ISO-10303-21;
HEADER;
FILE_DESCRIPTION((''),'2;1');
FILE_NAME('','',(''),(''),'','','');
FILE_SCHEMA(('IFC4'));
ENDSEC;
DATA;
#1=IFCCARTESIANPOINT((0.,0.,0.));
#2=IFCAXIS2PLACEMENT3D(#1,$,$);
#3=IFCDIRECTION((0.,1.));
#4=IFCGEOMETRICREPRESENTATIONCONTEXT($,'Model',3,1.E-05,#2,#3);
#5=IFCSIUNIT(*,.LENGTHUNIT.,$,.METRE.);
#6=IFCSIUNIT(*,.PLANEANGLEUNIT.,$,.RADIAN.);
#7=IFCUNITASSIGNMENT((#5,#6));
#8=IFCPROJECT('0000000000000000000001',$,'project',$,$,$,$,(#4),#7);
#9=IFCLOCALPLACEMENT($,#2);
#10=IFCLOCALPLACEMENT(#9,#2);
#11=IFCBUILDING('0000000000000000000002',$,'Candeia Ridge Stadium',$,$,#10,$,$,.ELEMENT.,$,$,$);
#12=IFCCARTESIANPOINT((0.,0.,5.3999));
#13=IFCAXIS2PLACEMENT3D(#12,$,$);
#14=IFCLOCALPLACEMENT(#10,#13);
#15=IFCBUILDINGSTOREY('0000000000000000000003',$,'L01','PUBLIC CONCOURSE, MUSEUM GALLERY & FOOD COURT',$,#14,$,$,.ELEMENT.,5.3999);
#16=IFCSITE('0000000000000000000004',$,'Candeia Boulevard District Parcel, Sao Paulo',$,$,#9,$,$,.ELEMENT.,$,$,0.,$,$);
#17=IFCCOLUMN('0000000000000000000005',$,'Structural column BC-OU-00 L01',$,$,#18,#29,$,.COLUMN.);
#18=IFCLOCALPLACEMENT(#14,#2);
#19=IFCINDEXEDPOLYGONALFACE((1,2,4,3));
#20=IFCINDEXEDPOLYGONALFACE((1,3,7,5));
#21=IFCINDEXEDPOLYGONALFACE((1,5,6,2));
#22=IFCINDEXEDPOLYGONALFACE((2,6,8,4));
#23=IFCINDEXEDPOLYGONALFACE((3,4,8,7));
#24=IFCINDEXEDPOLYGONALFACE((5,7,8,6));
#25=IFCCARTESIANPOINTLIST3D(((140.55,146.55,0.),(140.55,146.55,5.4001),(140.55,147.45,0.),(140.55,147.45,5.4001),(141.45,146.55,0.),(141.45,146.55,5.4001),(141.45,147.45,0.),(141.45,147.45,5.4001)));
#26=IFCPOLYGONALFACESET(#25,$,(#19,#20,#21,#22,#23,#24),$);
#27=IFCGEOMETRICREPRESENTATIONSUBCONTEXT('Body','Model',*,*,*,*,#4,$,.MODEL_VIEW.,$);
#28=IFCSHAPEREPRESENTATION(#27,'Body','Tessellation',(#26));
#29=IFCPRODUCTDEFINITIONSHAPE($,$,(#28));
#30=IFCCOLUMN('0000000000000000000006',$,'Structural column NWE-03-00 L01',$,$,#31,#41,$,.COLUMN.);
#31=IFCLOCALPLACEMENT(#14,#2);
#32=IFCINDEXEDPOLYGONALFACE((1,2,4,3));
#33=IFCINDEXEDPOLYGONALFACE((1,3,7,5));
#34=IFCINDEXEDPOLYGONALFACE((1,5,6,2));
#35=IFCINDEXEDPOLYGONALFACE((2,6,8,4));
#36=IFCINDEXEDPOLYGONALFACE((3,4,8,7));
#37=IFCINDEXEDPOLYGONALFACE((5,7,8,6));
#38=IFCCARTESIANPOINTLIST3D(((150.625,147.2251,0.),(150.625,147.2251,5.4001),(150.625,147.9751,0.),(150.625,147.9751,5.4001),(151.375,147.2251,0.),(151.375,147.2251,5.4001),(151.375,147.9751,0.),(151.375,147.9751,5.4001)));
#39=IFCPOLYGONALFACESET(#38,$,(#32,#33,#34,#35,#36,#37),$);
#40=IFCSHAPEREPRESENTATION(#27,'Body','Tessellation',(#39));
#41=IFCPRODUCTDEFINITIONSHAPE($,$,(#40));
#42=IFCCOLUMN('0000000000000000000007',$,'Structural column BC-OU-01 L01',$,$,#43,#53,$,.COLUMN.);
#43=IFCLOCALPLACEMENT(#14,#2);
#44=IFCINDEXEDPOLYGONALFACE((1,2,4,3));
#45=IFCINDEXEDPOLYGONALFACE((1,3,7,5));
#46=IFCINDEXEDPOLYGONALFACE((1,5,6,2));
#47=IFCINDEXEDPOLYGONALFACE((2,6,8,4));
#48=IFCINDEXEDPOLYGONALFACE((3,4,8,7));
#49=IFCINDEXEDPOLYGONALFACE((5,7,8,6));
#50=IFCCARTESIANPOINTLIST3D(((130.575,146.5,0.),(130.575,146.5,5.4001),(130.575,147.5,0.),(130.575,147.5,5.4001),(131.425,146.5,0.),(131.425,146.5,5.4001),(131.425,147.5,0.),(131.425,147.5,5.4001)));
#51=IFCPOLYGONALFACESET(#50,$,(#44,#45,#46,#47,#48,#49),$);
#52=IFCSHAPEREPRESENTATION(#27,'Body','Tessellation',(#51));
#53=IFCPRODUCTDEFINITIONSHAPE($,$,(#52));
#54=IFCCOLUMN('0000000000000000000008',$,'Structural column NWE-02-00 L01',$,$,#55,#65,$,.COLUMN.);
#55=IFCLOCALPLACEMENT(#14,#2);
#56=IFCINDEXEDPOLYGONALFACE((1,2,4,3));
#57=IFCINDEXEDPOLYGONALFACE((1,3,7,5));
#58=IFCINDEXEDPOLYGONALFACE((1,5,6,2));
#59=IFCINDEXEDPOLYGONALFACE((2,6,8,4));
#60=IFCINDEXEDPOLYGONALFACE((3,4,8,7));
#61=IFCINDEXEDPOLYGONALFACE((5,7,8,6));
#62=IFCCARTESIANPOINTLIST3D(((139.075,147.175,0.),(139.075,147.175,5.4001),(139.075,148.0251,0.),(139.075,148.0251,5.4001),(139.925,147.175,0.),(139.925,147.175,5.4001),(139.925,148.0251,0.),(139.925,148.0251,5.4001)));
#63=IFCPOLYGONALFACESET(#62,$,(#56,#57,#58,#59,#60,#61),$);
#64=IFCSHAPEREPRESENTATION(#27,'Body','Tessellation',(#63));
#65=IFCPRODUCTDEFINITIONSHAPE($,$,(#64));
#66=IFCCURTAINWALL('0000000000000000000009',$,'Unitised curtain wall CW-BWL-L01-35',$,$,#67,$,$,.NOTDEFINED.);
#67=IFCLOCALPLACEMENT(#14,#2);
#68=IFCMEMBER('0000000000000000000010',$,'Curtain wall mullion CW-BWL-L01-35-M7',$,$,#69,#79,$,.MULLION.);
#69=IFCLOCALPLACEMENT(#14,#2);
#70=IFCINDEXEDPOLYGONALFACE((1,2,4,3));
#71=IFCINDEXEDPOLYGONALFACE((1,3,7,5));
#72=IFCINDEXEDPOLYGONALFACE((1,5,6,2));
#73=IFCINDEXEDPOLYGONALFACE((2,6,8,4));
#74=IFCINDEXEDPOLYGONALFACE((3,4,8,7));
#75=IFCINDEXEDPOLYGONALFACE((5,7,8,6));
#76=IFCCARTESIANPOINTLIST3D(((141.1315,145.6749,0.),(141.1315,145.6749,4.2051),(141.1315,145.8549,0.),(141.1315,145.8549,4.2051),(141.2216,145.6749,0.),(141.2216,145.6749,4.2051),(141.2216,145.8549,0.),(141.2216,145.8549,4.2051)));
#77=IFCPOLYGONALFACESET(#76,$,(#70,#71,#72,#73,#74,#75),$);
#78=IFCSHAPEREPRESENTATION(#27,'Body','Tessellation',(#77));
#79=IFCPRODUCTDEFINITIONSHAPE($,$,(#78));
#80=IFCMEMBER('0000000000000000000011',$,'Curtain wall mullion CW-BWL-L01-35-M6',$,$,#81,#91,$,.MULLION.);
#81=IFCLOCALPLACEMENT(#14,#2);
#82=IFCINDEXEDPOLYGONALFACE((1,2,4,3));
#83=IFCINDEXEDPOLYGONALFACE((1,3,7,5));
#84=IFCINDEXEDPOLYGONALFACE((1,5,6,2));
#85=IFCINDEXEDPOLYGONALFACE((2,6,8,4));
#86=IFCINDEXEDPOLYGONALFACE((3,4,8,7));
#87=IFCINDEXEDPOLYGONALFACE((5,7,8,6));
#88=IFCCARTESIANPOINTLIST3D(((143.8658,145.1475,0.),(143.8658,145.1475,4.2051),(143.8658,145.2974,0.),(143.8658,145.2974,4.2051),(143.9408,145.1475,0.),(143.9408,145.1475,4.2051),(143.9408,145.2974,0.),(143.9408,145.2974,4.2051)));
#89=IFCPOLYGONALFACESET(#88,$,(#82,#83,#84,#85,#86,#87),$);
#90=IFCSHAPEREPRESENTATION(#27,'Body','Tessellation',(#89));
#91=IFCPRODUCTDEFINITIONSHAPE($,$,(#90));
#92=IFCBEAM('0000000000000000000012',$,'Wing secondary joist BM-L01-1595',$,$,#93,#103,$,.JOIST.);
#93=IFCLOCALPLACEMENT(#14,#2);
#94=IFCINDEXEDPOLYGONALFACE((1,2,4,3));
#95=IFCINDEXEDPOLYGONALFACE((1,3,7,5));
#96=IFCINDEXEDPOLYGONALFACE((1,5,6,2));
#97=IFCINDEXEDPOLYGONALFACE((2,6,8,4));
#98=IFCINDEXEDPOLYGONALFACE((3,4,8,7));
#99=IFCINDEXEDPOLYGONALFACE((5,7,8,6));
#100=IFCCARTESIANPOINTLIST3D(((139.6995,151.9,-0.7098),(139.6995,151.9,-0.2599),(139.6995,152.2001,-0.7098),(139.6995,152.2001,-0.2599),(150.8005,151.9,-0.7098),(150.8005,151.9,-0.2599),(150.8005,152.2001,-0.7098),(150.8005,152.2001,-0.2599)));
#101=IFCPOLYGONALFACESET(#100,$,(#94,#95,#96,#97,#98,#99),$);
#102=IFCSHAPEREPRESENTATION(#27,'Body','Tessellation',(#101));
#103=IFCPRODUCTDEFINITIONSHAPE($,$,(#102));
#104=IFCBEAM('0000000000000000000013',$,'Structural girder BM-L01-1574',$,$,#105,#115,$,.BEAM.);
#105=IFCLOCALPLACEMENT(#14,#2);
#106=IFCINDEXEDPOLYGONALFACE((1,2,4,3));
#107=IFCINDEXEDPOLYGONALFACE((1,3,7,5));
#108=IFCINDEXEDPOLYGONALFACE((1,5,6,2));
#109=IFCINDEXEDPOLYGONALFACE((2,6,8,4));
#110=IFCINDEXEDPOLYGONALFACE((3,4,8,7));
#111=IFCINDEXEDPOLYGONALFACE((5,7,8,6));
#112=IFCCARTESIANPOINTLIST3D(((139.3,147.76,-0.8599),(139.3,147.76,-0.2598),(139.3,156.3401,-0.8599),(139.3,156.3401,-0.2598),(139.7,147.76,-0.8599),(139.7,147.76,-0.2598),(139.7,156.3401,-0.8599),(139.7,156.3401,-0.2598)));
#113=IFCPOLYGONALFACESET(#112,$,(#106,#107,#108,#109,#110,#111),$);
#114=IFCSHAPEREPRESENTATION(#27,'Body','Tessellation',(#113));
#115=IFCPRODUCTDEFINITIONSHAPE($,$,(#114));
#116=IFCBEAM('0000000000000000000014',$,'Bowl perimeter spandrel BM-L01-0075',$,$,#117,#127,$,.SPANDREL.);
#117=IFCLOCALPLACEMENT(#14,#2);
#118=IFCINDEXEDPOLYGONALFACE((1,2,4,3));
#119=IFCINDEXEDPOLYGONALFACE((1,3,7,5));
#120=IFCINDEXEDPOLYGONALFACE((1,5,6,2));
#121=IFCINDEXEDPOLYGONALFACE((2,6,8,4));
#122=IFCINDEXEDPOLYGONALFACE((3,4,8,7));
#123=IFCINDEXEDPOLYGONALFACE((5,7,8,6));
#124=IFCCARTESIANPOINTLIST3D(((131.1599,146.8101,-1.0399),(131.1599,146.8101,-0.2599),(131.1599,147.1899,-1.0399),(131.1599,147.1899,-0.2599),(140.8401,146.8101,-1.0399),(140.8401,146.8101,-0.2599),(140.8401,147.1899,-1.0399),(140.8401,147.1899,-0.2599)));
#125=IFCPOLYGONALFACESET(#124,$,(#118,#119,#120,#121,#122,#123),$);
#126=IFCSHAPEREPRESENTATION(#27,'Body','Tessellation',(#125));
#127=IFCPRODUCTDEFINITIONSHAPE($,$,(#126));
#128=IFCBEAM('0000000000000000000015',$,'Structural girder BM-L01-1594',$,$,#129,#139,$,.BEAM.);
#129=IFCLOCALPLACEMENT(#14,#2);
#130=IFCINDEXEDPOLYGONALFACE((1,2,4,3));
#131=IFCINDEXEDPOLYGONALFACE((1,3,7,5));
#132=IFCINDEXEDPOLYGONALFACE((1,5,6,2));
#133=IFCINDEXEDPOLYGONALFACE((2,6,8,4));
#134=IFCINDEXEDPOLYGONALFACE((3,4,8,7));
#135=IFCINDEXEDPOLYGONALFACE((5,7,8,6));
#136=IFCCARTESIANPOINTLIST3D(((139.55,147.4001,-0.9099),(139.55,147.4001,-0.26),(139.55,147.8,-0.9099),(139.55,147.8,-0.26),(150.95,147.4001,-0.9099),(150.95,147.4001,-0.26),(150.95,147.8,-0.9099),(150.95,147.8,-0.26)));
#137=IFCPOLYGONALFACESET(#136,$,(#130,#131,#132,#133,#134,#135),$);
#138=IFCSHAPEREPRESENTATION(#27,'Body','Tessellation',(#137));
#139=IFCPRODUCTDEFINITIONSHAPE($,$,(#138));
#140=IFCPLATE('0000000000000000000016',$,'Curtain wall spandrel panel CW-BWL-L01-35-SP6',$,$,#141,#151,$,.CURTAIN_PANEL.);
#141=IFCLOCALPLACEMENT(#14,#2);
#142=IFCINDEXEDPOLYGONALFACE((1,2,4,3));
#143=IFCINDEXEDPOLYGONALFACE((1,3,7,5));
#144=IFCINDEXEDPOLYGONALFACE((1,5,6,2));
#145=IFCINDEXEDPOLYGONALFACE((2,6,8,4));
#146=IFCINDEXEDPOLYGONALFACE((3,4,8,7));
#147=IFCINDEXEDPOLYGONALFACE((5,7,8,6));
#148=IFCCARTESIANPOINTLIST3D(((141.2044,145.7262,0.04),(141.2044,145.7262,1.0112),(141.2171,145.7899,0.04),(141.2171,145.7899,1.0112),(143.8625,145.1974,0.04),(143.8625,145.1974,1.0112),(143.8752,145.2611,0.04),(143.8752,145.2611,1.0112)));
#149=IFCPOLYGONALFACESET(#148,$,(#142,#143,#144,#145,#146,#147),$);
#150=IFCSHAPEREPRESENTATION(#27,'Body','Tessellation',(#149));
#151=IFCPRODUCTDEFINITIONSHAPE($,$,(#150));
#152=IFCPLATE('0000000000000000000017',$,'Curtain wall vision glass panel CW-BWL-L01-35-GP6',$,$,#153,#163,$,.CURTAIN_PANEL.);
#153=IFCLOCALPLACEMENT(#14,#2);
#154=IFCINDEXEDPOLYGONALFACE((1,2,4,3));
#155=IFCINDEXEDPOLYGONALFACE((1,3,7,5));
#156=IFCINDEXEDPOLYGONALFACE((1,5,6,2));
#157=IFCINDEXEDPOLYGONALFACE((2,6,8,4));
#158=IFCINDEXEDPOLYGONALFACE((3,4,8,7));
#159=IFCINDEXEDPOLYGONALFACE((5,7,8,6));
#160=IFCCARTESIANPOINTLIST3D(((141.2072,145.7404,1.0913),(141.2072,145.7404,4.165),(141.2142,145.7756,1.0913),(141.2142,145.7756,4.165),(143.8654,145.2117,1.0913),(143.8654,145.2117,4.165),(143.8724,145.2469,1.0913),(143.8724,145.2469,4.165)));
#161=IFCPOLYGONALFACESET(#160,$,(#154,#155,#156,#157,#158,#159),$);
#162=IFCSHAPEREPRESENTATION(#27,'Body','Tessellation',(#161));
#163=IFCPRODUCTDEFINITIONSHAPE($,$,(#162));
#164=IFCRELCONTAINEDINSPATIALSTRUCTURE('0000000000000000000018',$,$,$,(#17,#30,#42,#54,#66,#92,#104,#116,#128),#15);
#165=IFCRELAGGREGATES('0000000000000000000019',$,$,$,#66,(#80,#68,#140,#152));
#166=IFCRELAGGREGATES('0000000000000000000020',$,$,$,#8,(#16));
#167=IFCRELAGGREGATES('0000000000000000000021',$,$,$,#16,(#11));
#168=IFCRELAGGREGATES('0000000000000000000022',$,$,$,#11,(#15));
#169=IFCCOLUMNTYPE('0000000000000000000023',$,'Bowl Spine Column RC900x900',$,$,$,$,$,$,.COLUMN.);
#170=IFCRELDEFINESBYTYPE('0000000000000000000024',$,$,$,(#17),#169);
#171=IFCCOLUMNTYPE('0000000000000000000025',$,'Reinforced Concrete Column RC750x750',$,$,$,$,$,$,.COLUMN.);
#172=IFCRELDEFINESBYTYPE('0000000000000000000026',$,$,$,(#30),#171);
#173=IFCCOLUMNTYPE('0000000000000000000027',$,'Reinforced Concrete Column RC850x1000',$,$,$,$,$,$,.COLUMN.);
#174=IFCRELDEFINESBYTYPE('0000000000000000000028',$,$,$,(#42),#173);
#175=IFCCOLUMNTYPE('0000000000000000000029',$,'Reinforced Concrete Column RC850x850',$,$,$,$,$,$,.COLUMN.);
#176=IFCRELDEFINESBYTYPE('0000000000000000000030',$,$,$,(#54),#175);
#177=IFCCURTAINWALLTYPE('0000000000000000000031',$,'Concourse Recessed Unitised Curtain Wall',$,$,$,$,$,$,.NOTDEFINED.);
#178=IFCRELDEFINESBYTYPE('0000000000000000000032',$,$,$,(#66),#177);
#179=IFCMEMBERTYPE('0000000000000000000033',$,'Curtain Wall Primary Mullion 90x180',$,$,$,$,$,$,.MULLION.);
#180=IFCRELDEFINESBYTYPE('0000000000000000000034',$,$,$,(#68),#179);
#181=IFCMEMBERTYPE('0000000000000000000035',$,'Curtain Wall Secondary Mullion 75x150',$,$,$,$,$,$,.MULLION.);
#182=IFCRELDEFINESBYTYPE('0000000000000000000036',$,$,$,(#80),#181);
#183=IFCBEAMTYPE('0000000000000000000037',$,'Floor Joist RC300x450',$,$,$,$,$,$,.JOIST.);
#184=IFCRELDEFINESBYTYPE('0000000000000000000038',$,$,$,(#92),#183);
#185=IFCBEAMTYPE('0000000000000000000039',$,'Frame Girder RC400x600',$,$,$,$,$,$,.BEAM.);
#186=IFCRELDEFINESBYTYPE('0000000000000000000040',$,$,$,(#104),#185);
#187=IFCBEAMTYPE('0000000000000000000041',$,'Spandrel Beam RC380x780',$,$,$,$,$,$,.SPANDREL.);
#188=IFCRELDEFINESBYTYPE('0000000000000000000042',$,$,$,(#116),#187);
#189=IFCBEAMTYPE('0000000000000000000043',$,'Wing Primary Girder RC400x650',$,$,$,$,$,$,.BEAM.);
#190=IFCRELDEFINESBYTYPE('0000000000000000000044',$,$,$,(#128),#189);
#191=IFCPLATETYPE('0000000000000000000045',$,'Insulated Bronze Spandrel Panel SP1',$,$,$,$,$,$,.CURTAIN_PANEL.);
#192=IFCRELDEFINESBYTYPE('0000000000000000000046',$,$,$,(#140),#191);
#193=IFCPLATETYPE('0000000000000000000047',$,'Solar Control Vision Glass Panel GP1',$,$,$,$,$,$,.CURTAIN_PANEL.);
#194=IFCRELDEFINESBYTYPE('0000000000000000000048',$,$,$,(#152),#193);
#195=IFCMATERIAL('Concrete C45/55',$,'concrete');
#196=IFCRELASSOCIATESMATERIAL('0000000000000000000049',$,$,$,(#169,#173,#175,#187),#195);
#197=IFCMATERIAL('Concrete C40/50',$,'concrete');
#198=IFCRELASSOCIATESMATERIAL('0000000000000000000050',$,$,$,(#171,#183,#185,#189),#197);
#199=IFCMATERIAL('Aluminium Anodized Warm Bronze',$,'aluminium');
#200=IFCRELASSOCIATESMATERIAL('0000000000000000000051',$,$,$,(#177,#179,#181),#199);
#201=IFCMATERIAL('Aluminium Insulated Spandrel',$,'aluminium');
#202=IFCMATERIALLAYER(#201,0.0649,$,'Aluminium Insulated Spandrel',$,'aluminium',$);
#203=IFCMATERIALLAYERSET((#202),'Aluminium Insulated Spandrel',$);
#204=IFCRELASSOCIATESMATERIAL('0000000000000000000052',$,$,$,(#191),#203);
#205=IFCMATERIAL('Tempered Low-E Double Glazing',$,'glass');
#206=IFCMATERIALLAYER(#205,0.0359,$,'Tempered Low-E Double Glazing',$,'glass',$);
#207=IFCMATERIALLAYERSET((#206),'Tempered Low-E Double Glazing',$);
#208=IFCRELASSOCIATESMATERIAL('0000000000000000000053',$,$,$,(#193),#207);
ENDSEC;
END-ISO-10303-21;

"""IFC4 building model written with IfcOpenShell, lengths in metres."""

from ifc_helpers import new_model, si_unit, direction, frame, origin, origin_2d, place, context, subcontext, project, spatial, rectangle, extrude, material, layer, layer_set, material_profile, profile_set, type_object, element, aggregate, save


model = new_model("IFC4")

# Units and contexts
model_context = context("Model", 3, precision=1e-05, world=origin(), true_north=direction((0.0, 1.0)))
body_context = subcontext(model_context, "Body", "Model", "MODEL_VIEW")
ifc_project = project(units=[si_unit("LENGTHUNIT", "METRE"), si_unit("PLANEANGLEUNIT", "RADIAN")], contexts=[model_context])

# Site, building, storey
site_placement = place(None, origin())
site = spatial("IfcSite", under=ifc_project, at=site_placement, Name="Candeia Boulevard District Parcel, Sao Paulo", CompositionType="ELEMENT", RefElevation=0.0)
building_placement = place(site_placement, origin())
building = spatial("IfcBuilding", under=site, at=building_placement, Name="Candeia Ridge Stadium", CompositionType="ELEMENT")
storey_placement = place(building_placement, frame((0.0, 0.0, 5.3999)))
storey = spatial("IfcBuildingStorey", under=building, at=storey_placement, Name="L01", Description="PUBLIC CONCOURSE, MUSEUM GALLERY & FOOD COURT", CompositionType="ELEMENT", Elevation=5.3999)

# Columns
ifc_material_1 = material(Name="Concrete C45/55", Category="concrete")
ifc_material_profile_1 = material_profile(ifc_material_1, rectangle(XDim=0.8999, YDim=0.8999, at=origin_2d()), Name="RC900x900", Category="concrete")
ifc_profile_set_1 = profile_set([ifc_material_profile_1], Name="Concrete C45/55")
column_type_1 = type_object("IfcColumnType", Name="Bowl Spine Column RC900x900", PredefinedType="COLUMN", material=ifc_profile_set_1)
column_1_placement = place(storey_placement, frame((141.0, 147.0, 0.0), z_axis=(0.0, 0.0, 1.0), x_axis=(1.0, 0.0, 0.0)))
element("IfcColumn", 1, at=column_1_placement, inside=storey, type_object=column_type_1, Name="Structural column BC-OU-00 L01", PredefinedType="COLUMN", context=body_context, shape_type="SweptSolid", body=[
    extrude(rectangle(XDim=0.8999, YDim=0.8999, at=origin_2d()), origin(), (0.0, 0.0, 1.0), 5.4001),
])
ifc_material_2 = material(Name="Concrete C40/50", Category="concrete")
ifc_material_profile_2 = material_profile(ifc_material_2, rectangle(XDim=0.75, YDim=0.75, at=origin_2d()), Name="RC750x750", Category="concrete")
ifc_profile_set_2 = profile_set([ifc_material_profile_2], Name="Concrete C40/50")
column_type_2 = type_object("IfcColumnType", Name="Reinforced Concrete Column RC750x750", PredefinedType="COLUMN", material=ifc_profile_set_2)
column_2_placement = place(storey_placement, frame((151.0, 147.6001, 0.0), z_axis=(0.0, 0.0, 1.0), x_axis=(1.0, 0.0, 0.0)))
element("IfcColumn", 2, at=column_2_placement, inside=storey, type_object=column_type_2, Name="Structural column NWE-03-00 L01", PredefinedType="COLUMN", context=body_context, shape_type="SweptSolid", body=[
    extrude(rectangle(XDim=0.75, YDim=0.75, at=origin_2d()), origin(), (0.0, 0.0, 1.0), 5.4001),
])
ifc_material_profile_3 = material_profile(ifc_material_1, rectangle(XDim=0.8501, YDim=1.0, at=origin_2d()), Name="RC850x1000", Category="concrete")
ifc_profile_set_3 = profile_set([ifc_material_profile_3], Name="Concrete C45/55")
column_type_3 = type_object("IfcColumnType", Name="Reinforced Concrete Column RC850x1000", PredefinedType="COLUMN", material=ifc_profile_set_3)
column_3_placement = place(storey_placement, frame((131.0, 147.0, 0.0), z_axis=(0.0, 0.0, 1.0), x_axis=(1.0, 0.0, 0.0)))
element("IfcColumn", 3, at=column_3_placement, inside=storey, type_object=column_type_3, Name="Structural column BC-OU-01 L01", PredefinedType="COLUMN", context=body_context, shape_type="SweptSolid", body=[
    extrude(rectangle(XDim=0.8501, YDim=1.0, at=origin_2d()), origin(), (0.0, 0.0, 1.0), 5.4001),
])
ifc_material_profile_4 = material_profile(ifc_material_1, rectangle(XDim=0.8501, YDim=0.8501, at=origin_2d()), Name="RC850x850", Category="concrete")
ifc_profile_set_4 = profile_set([ifc_material_profile_4], Name="Concrete C45/55")
column_type_4 = type_object("IfcColumnType", Name="Reinforced Concrete Column RC850x850", PredefinedType="COLUMN", material=ifc_profile_set_4)
column_4_placement = place(storey_placement, frame((139.5, 147.6001, 0.0), z_axis=(0.0, 0.0, 1.0), x_axis=(1.0, 0.0, 0.0)))
element("IfcColumn", 4, at=column_4_placement, inside=storey, type_object=column_type_4, Name="Structural column NWE-02-00 L01", PredefinedType="COLUMN", context=body_context, shape_type="SweptSolid", body=[
    extrude(rectangle(XDim=0.8501, YDim=0.8501, at=origin_2d()), origin(), (0.0, 0.0, 1.0), 5.4001),
])

# Curtain wall, members
ifc_material_3 = material(Name="Aluminium Anodized Warm Bronze", Category="aluminium")
curtain_wall_type = type_object("IfcCurtainWallType", Name="Concourse Recessed Unitised Curtain Wall", PredefinedType="NOTDEFINED", material=ifc_material_3)
curtain_wall_placement = place(storey_placement, origin())
curtain_wall = element("IfcCurtainWall", 5, at=curtain_wall_placement, inside=storey, type_object=curtain_wall_type, Name="Unitised curtain wall CW-BWL-L01-35", PredefinedType="NOTDEFINED")
ifc_material_profile_5 = material_profile(ifc_material_3, rectangle(XDim=0.0901, YDim=0.1799, at=origin_2d()), Name="CWM-90x180", Category="aluminium")
ifc_profile_set_5 = profile_set([ifc_material_profile_5], Name="Aluminium Anodized Warm Bronze")
member_type_1 = type_object("IfcMemberType", Name="Curtain Wall Primary Mullion 90x180", PredefinedType="MULLION", material=ifc_profile_set_5)
member_1_placement = place(storey_placement, frame((141.1765, 145.7649, 0.0), z_axis=(0.0, 0.0, 1.0), x_axis=(1.0, 0.0, 0.0)))
member_1 = element("IfcMember", 6, at=member_1_placement, type_object=member_type_1, Name="Curtain wall mullion CW-BWL-L01-35-M7", PredefinedType="MULLION", context=body_context, shape_type="SweptSolid", body=[
    extrude(rectangle(XDim=0.0901, YDim=0.1799, at=origin_2d()), origin(), (0.0, 0.0, 1.0), 4.2051),
])
ifc_material_profile_6 = material_profile(ifc_material_3, rectangle(XDim=0.075, YDim=0.1499, at=origin_2d()), Name="CWM-75x150", Category="aluminium")
ifc_profile_set_6 = profile_set([ifc_material_profile_6], Name="Aluminium Anodized Warm Bronze")
member_type_2 = type_object("IfcMemberType", Name="Curtain Wall Secondary Mullion 75x150", PredefinedType="MULLION", material=ifc_profile_set_6)
member_2_placement = place(storey_placement, frame((143.9033, 145.2224, 0.0), z_axis=(0.0, 0.0, 1.0), x_axis=(1.0, 0.0, 0.0)))
member_2 = element("IfcMember", 7, at=member_2_placement, type_object=member_type_2, Name="Curtain wall mullion CW-BWL-L01-35-M6", PredefinedType="MULLION", context=body_context, shape_type="SweptSolid", body=[
    extrude(rectangle(XDim=0.075, YDim=0.1499, at=origin_2d()), origin(), (0.0, 0.0, 1.0), 4.2051),
])

# Beams
ifc_material_profile_7 = material_profile(ifc_material_2, rectangle(XDim=0.3, YDim=0.45, at=origin_2d()), Name="RC300x450", Category="concrete")
ifc_profile_set_7 = profile_set([ifc_material_profile_7], Name="Concrete C40/50")
beam_type_1 = type_object("IfcBeamType", Name="Floor Joist RC300x450", PredefinedType="JOIST", material=ifc_profile_set_7)
beam_1_placement = place(storey_placement, frame((139.6995, 152.05, -0.4849), z_axis=(1.0, 0.0, 0.0), x_axis=(0.0, 1.0, 0.0)))
element("IfcBeam", 8, at=beam_1_placement, inside=storey, type_object=beam_type_1, Name="Wing secondary joist BM-L01-1595", PredefinedType="JOIST", context=body_context, shape_type="SweptSolid", body=[
    extrude(rectangle(XDim=0.3, YDim=0.45, at=origin_2d()), origin(), (0.0, 0.0, 1.0), 11.1011),
])
ifc_material_profile_8 = material_profile(ifc_material_2, rectangle(XDim=0.3999, YDim=0.6001, at=origin_2d()), Name="RC400x600", Category="concrete")
ifc_profile_set_8 = profile_set([ifc_material_profile_8], Name="Concrete C40/50")
beam_type_2 = type_object("IfcBeamType", Name="Frame Girder RC400x600", PredefinedType="BEAM", material=ifc_profile_set_8)
beam_2_placement = place(storey_placement, frame((139.5, 147.76, -0.5598), z_axis=(0.0, 1.0, 0.0), x_axis=(-1.0, 0.0, 0.0)))
element("IfcBeam", 9, at=beam_2_placement, inside=storey, type_object=beam_type_2, Name="Structural girder BM-L01-1574", PredefinedType="BEAM", context=body_context, shape_type="SweptSolid", body=[
    extrude(rectangle(XDim=0.3999, YDim=0.6001, at=origin_2d()), origin(), (0.0, 0.0, 1.0), 8.5801),
])
ifc_material_profile_9 = material_profile(ifc_material_1, rectangle(XDim=0.3799, YDim=0.78, at=origin_2d()), Name="RC380x780", Category="concrete")
ifc_profile_set_9 = profile_set([ifc_material_profile_9], Name="Concrete C45/55")
beam_type_3 = type_object("IfcBeamType", Name="Spandrel Beam RC380x780", PredefinedType="SPANDREL", material=ifc_profile_set_9)
beam_3_placement = place(storey_placement, frame((140.8401, 147.0, -0.6499), z_axis=(-1.0, 0.0, 0.0), x_axis=(0.0, -1.0, 0.0)))
element("IfcBeam", 10, at=beam_3_placement, inside=storey, type_object=beam_type_3, Name="Bowl perimeter spandrel BM-L01-0075", PredefinedType="SPANDREL", context=body_context, shape_type="SweptSolid", body=[
    extrude(rectangle(XDim=0.3799, YDim=0.78, at=origin_2d()), origin(), (0.0, 0.0, 1.0), 9.6802),
])
ifc_material_profile_10 = material_profile(ifc_material_2, rectangle(XDim=0.3999, YDim=0.6499, at=origin_2d()), Name="RC400x650", Category="concrete")
ifc_profile_set_10 = profile_set([ifc_material_profile_10], Name="Concrete C40/50")
beam_type_4 = type_object("IfcBeamType", Name="Wing Primary Girder RC400x650", PredefinedType="BEAM", material=ifc_profile_set_10)
beam_4_placement = place(storey_placement, frame((139.55, 147.6001, -0.585), z_axis=(1.0, 0.0, 0.0), x_axis=(0.0, 1.0, 0.0)))
element("IfcBeam", 11, at=beam_4_placement, inside=storey, type_object=beam_type_4, Name="Structural girder BM-L01-1594", PredefinedType="BEAM", context=body_context, shape_type="SweptSolid", body=[
    extrude(rectangle(XDim=0.3999, YDim=0.6499, at=origin_2d()), origin(), (0.0, 0.0, 1.0), 11.3999),
])

# Plates
ifc_material_4 = material(Name="Aluminium Insulated Spandrel", Category="aluminium")
ifc_layer_1 = layer(ifc_material_4, 0.0649, Name="Aluminium Insulated Spandrel", Category="aluminium")
ifc_layer_set_1 = layer_set([ifc_layer_1], Name="Aluminium Insulated Spandrel")
plate_type_1 = type_object("IfcPlateType", Name="Insulated Bronze Spandrel Panel SP1", PredefinedType="CURTAIN_PANEL", material=ifc_layer_set_1)
plate_1_placement = place(storey_placement, frame((142.5398, 145.4937, 0.04), z_axis=(0.0, 0.0, 1.0), x_axis=(-0.980785, 0.19509, 0.0)))
plate_1 = element("IfcPlate", 12, at=plate_1_placement, type_object=plate_type_1, Name="Curtain wall spandrel panel CW-BWL-L01-35-SP6", PredefinedType="CURTAIN_PANEL", context=body_context, shape_type="SweptSolid", body=[
    extrude(rectangle(XDim=2.7102, YDim=0.0649, at=origin_2d()), origin(), (0.0, 0.0, 1.0), 0.9712),
])
ifc_material_5 = material(Name="Tempered Low-E Double Glazing", Category="glass")
ifc_layer_2 = layer(ifc_material_5, 0.0359, Name="Tempered Low-E Double Glazing", Category="glass")
ifc_layer_set_2 = layer_set([ifc_layer_2], Name="Tempered Low-E Double Glazing")
plate_type_2 = type_object("IfcPlateType", Name="Solar Control Vision Glass Panel GP1", PredefinedType="CURTAIN_PANEL", material=ifc_layer_set_2)
plate_2_placement = place(storey_placement, frame((142.5398, 145.4937, 1.0913), z_axis=(0.0, 0.0, 1.0), x_axis=(-0.980785, 0.19509, 0.0)))
plate_2 = element("IfcPlate", 13, at=plate_2_placement, type_object=plate_type_2, Name="Curtain wall vision glass panel CW-BWL-L01-35-GP6", PredefinedType="CURTAIN_PANEL", context=body_context, shape_type="SweptSolid", body=[
    extrude(rectangle(XDim=2.7102, YDim=0.0359, at=origin_2d()), origin(), (0.0, 0.0, 1.0), 3.0737),
])
aggregate(curtain_wall, [member_2, member_1, plate_1, plate_2])

save(model, "model.ifc")
